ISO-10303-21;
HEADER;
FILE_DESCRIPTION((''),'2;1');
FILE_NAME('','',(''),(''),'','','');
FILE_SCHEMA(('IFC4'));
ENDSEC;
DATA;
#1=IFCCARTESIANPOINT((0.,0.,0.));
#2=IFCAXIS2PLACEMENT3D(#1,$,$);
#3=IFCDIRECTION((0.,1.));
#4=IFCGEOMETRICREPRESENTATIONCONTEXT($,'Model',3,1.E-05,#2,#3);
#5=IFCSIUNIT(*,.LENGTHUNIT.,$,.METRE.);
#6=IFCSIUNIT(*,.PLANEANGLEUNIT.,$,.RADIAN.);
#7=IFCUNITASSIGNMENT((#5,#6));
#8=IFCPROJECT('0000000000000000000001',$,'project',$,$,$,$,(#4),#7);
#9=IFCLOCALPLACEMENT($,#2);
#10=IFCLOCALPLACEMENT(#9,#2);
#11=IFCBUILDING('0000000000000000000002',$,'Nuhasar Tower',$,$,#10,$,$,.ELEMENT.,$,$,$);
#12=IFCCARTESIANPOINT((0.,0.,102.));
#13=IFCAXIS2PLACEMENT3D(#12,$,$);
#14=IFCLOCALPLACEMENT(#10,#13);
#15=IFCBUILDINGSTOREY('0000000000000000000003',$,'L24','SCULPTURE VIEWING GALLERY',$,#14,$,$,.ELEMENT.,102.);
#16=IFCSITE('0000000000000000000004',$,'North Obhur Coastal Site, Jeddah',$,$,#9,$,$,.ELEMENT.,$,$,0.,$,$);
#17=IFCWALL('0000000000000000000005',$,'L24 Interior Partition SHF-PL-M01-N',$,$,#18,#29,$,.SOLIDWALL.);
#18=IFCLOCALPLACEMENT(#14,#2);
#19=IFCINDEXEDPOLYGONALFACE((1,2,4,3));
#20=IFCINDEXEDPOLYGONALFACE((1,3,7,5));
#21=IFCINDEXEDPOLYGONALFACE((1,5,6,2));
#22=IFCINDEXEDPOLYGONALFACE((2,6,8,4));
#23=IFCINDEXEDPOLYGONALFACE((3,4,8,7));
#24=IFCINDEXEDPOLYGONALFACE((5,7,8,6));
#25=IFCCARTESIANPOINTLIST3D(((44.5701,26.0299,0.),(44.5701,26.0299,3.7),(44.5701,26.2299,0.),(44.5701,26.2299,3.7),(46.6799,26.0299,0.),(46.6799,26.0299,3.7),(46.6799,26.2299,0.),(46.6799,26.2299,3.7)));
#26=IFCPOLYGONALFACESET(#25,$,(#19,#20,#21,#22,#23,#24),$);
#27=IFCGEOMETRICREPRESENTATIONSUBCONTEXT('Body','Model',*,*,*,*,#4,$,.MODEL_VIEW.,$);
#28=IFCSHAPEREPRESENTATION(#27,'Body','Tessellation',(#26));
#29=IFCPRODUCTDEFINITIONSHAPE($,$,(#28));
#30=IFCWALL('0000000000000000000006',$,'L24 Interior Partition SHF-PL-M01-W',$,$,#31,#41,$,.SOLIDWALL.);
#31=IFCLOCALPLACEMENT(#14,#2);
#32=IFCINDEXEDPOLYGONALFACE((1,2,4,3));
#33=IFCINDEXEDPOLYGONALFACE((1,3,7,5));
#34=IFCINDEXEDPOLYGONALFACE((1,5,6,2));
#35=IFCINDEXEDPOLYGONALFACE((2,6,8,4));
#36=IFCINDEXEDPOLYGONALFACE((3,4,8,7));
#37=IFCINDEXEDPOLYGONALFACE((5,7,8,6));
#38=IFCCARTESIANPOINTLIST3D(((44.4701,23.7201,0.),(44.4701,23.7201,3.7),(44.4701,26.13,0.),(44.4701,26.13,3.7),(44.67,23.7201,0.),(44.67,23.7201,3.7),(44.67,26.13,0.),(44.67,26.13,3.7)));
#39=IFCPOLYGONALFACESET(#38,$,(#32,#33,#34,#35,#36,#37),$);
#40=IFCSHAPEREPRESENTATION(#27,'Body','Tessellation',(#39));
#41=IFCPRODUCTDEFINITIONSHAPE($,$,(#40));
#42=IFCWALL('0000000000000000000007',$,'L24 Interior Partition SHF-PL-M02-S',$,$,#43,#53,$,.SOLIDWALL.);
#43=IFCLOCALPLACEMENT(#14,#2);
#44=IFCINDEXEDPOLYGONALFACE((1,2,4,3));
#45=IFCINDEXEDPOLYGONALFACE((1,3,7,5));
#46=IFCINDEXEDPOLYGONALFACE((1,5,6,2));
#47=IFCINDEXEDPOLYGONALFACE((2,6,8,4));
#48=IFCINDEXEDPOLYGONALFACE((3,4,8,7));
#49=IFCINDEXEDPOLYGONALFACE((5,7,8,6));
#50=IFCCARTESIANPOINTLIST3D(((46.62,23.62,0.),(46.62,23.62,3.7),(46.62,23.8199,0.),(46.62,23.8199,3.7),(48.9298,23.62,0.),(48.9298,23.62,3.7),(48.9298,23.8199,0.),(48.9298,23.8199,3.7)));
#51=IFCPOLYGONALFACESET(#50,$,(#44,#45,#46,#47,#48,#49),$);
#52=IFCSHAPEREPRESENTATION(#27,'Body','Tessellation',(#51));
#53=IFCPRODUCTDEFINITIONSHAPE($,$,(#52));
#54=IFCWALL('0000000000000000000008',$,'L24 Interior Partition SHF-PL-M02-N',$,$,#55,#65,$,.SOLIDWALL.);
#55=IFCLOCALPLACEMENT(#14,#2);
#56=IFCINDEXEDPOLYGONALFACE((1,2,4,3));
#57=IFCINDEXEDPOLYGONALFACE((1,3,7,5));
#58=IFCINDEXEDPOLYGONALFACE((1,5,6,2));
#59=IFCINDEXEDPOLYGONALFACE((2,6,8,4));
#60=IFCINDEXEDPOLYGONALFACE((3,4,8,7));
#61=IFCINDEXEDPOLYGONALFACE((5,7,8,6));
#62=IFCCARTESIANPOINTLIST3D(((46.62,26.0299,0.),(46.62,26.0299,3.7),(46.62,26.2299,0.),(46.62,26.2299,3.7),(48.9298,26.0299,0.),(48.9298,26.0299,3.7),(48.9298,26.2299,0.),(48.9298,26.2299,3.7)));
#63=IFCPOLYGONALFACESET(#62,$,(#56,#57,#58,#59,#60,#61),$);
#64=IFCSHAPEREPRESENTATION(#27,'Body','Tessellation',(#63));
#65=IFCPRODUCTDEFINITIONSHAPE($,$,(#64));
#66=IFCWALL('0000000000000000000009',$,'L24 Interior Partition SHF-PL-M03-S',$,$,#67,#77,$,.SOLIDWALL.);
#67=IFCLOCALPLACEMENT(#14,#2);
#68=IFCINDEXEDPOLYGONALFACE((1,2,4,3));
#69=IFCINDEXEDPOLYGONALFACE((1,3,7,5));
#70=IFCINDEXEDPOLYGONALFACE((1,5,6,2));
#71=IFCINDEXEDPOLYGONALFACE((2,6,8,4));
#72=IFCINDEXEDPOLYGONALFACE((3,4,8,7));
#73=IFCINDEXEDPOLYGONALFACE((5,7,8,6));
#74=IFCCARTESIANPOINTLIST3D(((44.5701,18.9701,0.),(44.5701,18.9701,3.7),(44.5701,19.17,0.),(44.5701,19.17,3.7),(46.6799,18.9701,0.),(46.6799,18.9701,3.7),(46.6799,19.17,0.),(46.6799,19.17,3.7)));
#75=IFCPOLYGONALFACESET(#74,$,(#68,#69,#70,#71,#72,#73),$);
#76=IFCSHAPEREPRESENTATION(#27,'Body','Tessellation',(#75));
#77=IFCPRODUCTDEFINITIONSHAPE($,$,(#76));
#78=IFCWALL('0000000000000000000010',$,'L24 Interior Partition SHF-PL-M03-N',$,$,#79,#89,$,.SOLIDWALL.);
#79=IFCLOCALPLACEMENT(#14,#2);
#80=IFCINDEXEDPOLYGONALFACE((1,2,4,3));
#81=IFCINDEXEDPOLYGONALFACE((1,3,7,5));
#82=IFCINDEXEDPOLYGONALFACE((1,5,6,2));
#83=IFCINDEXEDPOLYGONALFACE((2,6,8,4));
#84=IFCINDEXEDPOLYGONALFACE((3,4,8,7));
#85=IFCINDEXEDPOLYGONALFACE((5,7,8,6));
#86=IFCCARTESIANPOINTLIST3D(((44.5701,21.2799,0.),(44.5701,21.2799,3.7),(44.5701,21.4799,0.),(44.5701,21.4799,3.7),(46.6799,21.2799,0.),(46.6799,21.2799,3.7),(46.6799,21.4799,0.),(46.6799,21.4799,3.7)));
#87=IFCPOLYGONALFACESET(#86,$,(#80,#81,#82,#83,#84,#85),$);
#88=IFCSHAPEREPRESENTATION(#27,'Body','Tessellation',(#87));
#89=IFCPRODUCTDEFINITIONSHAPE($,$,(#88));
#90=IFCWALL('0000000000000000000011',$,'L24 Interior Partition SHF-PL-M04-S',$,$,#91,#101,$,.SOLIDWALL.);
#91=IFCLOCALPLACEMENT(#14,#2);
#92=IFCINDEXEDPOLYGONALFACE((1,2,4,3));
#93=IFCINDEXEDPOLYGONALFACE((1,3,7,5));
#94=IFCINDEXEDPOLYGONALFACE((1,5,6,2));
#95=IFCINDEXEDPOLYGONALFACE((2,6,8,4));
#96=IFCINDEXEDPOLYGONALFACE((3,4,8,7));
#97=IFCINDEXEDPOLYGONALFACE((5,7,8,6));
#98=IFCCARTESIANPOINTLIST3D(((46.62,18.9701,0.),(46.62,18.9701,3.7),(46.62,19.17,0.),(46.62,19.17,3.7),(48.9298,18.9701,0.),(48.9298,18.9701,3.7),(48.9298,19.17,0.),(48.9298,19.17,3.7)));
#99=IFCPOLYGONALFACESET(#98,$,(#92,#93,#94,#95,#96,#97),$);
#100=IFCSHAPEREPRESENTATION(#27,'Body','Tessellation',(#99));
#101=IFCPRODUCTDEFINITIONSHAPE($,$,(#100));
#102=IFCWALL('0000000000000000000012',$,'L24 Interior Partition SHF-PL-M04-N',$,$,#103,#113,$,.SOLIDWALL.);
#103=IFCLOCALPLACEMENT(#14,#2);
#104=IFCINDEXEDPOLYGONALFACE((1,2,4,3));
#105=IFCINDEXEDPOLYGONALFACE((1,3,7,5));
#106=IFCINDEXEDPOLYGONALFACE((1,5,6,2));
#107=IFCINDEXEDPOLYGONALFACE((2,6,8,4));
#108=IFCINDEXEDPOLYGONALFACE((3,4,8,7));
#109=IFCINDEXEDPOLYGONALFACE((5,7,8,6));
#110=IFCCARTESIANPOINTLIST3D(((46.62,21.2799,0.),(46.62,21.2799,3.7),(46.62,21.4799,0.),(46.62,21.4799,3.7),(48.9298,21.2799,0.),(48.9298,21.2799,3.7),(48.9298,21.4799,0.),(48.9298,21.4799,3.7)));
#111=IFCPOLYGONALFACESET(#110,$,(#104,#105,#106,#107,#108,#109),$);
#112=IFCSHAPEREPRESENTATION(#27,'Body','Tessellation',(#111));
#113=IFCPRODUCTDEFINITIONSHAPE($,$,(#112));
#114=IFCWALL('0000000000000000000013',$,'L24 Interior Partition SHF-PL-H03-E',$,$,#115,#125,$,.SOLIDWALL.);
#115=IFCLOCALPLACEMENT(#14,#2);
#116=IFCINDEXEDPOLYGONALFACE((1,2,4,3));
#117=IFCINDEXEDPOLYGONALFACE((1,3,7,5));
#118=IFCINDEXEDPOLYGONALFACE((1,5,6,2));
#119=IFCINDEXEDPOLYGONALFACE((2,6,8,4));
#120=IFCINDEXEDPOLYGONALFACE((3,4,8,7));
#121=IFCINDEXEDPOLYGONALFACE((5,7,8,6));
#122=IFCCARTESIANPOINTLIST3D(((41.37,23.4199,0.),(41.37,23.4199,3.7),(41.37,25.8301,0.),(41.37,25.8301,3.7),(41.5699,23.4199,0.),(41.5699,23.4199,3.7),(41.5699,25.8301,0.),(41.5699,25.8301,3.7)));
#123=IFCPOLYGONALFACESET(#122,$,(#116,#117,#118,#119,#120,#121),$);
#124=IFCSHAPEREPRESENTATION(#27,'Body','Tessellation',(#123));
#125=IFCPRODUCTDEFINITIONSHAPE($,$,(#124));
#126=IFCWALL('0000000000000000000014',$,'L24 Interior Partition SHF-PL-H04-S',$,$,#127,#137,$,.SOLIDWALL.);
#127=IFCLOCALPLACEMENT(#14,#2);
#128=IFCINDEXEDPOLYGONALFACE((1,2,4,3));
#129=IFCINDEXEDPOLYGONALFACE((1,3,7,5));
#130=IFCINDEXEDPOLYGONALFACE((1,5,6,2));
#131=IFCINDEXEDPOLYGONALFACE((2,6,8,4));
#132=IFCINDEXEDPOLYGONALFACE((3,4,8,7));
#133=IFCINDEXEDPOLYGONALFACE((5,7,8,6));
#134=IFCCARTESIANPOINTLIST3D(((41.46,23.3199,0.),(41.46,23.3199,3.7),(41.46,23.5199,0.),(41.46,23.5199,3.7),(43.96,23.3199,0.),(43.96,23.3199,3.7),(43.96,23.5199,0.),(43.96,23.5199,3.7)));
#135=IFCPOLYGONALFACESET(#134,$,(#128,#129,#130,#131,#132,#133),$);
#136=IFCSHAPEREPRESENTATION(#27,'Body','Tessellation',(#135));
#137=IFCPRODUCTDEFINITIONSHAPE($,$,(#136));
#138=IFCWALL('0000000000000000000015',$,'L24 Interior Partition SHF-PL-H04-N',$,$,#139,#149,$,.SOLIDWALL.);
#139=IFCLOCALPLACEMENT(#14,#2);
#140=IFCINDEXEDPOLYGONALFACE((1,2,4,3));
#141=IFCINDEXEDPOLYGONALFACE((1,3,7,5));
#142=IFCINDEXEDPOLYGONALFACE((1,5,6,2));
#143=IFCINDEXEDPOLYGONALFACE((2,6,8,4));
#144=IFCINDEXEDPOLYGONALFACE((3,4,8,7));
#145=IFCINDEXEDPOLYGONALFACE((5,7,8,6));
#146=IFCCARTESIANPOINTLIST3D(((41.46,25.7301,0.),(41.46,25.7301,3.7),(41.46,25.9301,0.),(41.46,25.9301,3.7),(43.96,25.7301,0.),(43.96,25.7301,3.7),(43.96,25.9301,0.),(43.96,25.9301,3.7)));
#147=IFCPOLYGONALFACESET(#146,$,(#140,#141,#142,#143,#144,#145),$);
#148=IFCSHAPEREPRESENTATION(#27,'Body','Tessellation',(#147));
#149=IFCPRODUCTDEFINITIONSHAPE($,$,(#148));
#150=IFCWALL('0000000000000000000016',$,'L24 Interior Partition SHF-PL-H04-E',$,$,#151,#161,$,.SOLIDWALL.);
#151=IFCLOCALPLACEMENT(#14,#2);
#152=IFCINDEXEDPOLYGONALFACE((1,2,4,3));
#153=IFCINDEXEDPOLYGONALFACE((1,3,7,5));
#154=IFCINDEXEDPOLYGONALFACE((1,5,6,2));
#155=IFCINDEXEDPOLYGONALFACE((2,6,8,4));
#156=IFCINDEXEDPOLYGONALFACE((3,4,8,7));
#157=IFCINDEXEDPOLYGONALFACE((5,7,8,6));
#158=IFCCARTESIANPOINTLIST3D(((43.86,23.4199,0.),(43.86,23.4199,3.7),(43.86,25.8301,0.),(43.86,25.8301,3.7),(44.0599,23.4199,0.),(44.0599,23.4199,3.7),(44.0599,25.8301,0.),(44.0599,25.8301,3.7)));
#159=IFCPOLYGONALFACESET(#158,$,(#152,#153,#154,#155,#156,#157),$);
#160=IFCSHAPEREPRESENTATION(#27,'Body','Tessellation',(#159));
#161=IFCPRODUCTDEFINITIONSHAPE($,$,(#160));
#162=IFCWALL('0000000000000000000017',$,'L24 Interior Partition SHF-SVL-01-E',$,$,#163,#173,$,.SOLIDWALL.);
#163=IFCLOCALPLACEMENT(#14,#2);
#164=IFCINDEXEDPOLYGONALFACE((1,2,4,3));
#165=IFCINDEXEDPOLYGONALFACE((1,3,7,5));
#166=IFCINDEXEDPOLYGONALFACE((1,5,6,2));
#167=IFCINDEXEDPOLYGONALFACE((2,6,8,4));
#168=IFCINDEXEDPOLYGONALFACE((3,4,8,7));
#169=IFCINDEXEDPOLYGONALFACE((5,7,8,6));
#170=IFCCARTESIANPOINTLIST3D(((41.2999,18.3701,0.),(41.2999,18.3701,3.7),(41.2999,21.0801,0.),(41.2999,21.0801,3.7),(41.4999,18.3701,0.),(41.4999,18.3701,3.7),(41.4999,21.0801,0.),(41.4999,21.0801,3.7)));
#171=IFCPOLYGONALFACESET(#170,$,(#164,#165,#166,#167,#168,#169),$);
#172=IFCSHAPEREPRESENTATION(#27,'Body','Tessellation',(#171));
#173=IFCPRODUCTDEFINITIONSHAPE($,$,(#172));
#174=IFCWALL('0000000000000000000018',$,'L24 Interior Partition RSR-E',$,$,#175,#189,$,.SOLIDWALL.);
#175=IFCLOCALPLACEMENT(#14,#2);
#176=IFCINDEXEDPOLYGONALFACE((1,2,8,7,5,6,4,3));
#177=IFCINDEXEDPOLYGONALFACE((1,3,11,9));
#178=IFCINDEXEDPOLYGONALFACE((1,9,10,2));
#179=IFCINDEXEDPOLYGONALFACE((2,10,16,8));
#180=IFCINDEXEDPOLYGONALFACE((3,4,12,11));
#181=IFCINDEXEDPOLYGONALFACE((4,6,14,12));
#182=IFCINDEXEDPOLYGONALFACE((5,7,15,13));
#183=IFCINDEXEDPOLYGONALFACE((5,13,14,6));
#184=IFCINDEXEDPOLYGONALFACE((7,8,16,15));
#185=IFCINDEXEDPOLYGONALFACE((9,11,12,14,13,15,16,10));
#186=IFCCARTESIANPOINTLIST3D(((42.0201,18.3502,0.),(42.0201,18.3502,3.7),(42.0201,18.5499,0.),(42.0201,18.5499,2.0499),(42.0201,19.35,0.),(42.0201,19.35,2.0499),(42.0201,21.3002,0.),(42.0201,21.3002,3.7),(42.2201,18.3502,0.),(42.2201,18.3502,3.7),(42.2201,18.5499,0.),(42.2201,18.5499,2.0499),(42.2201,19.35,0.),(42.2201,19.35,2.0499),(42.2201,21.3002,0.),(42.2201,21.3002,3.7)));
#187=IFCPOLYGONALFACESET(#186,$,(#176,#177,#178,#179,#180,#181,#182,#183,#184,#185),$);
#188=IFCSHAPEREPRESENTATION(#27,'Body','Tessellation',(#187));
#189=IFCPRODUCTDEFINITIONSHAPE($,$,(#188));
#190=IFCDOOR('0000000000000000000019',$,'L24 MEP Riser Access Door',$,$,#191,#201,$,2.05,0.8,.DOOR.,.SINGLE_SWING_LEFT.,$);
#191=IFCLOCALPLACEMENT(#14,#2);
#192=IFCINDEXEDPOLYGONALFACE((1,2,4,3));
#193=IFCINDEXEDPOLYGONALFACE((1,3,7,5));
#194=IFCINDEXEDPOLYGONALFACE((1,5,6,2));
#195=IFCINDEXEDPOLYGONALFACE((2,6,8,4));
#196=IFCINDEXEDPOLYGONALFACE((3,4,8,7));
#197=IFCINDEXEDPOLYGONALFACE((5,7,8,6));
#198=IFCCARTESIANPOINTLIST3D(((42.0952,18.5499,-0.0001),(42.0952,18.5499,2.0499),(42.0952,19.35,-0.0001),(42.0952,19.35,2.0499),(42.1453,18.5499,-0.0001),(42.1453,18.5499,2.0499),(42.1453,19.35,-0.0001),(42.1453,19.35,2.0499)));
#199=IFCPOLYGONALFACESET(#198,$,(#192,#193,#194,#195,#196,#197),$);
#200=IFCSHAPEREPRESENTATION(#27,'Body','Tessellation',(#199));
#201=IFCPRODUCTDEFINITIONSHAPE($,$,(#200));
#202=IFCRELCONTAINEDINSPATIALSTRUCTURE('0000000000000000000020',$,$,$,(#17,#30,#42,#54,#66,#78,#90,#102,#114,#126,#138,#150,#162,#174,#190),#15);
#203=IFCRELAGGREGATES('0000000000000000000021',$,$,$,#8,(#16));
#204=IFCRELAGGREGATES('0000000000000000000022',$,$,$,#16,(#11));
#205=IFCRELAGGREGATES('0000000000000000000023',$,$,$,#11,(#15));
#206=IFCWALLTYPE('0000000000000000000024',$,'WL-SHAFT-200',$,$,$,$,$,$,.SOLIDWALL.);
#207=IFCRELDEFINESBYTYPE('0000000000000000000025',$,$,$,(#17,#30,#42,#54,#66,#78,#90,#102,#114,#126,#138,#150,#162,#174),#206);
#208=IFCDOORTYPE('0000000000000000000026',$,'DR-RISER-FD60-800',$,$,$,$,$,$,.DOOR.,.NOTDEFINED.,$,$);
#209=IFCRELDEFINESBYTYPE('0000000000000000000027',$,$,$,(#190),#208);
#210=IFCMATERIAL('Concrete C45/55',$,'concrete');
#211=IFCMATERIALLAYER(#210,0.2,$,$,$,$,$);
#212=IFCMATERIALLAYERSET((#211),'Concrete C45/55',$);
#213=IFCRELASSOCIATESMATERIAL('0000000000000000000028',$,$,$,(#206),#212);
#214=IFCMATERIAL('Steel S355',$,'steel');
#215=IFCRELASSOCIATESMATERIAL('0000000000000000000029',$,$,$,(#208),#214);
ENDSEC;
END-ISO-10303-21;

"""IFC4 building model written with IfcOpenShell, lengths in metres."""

from ifc_helpers import new_model, si_unit, direction, frame, frame_2d, origin, place, context, subcontext, project, spatial, rectangle, extrude, material, layer, layer_set, type_object, element, fill, save


model = new_model("IFC4")

# Units and contexts
model_context = context("Model", 3, precision=1e-05, world=origin(), true_north=direction((0.0, 1.0)))
body_context = subcontext(model_context, "Body", "Model", "MODEL_VIEW")
ifc_project = project(units=[si_unit("LENGTHUNIT", "METRE"), si_unit("PLANEANGLEUNIT", "RADIAN")], contexts=[model_context])

# Site, building, storey
site_placement = place(None, origin())
site = spatial("IfcSite", under=ifc_project, at=site_placement, Name="North Obhur Coastal Site, Jeddah", CompositionType="ELEMENT", RefElevation=0.0)
building_placement = place(site_placement, origin())
building = spatial("IfcBuilding", under=site, at=building_placement, Name="Nuhasar Tower", CompositionType="ELEMENT")
storey_placement = place(building_placement, frame((0.0, 0.0, 102.0)))
storey = spatial("IfcBuildingStorey", under=building, at=storey_placement, Name="L24", Description="SCULPTURE VIEWING GALLERY", CompositionType="ELEMENT", Elevation=102.0)

# Shared definitions
ifc_material_1 = material(Name="Steel S355", Category="steel")

# Shared definitions
ifc_material_2 = material(Name="Concrete C45/55", Category="concrete")

# Walls
ifc_layer_1 = layer(ifc_material_2, 0.2)
ifc_layer_set_1 = layer_set([ifc_layer_1], Name="Concrete C45/55")
wall_type_1 = type_object("IfcWallType", Name="WL-SHAFT-200", PredefinedType="SOLIDWALL", material=ifc_layer_set_1)
for number, where, z_axis, x_axis, name in (
    (1, (44.5701, 26.1299, 0.0), (0.0, 0.0, 1.0), (1.0, 0.0, 0.0), "L24 Interior Partition SHF-PL-M01-N"),
):
    element("IfcWall", number, at=place(storey_placement, frame(where, z_axis=z_axis, x_axis=x_axis)), inside=storey, type_object=wall_type_1, Name=name, PredefinedType="SOLIDWALL", context=body_context, shape_type="SweptSolid", body=[
        extrude(rectangle(XDim=2.1099, YDim=0.2, at=frame_2d((1.0549, 0.0))), origin(), (0.0, 0.0, 1.0), 3.7),
    ])
wall_1_placement = place(storey_placement, frame((44.5701, 23.72, 0.0), z_axis=(0.0, 0.0, 1.0), x_axis=(0.0, 1.0, 0.0)))
element("IfcWall", 2, at=wall_1_placement, inside=storey, type_object=wall_type_1, Name="L24 Interior Partition SHF-PL-M01-W", PredefinedType="SOLIDWALL", context=body_context, shape_type="SweptSolid", body=[
    extrude(rectangle(XDim=2.4099, YDim=0.2, at=frame_2d((1.2051, 0.0))), origin(), (0.0, 0.0, 1.0), 3.7),
])
for number, where, z_axis, x_axis, name in (
    (3, (46.6201, 23.72, 0.0), (0.0, 0.0, 1.0), (1.0, 0.0, 0.0), "L24 Interior Partition SHF-PL-M02-S"),
    (4, (46.6201, 26.1299, 0.0), (0.0, 0.0, 1.0), (1.0, 0.0, 0.0), "L24 Interior Partition SHF-PL-M02-N"),
):
    element("IfcWall", number, at=place(storey_placement, frame(where, z_axis=z_axis, x_axis=x_axis)), inside=storey, type_object=wall_type_1, Name=name, PredefinedType="SOLIDWALL", context=body_context, shape_type="SweptSolid", body=[
        extrude(rectangle(XDim=2.3098, YDim=0.2, at=frame_2d((1.1548, 0.0))), origin(), (0.0, 0.0, 1.0), 3.7),
    ])
for number, where, z_axis, x_axis, name in (
    (5, (44.5701, 19.0701, 0.0), (0.0, 0.0, 1.0), (1.0, 0.0, 0.0), "L24 Interior Partition SHF-PL-M03-S"),
    (6, (44.5701, 21.3799, 0.0), (0.0, 0.0, 1.0), (1.0, 0.0, 0.0), "L24 Interior Partition SHF-PL-M03-N"),
):
    element("IfcWall", number, at=place(storey_placement, frame(where, z_axis=z_axis, x_axis=x_axis)), inside=storey, type_object=wall_type_1, Name=name, PredefinedType="SOLIDWALL", context=body_context, shape_type="SweptSolid", body=[
        extrude(rectangle(XDim=2.1099, YDim=0.2, at=frame_2d((1.0549, 0.0))), origin(), (0.0, 0.0, 1.0), 3.7),
    ])
for number, where, z_axis, x_axis, name in (
    (7, (46.6201, 19.0701, 0.0), (0.0, 0.0, 1.0), (1.0, 0.0, 0.0), "L24 Interior Partition SHF-PL-M04-S"),
    (8, (46.6201, 21.3799, 0.0), (0.0, 0.0, 1.0), (1.0, 0.0, 0.0), "L24 Interior Partition SHF-PL-M04-N"),
):
    element("IfcWall", number, at=place(storey_placement, frame(where, z_axis=z_axis, x_axis=x_axis)), inside=storey, type_object=wall_type_1, Name=name, PredefinedType="SOLIDWALL", context=body_context, shape_type="SweptSolid", body=[
        extrude(rectangle(XDim=2.3098, YDim=0.2, at=frame_2d((1.1548, 0.0))), origin(), (0.0, 0.0, 1.0), 3.7),
    ])
wall_2_placement = place(storey_placement, frame((41.47, 23.4199, 0.0), z_axis=(0.0, 0.0, 1.0), x_axis=(0.0, 1.0, 0.0)))
element("IfcWall", 9, at=wall_2_placement, inside=storey, type_object=wall_type_1, Name="L24 Interior Partition SHF-PL-H03-E", PredefinedType="SOLIDWALL", context=body_context, shape_type="SweptSolid", body=[
    extrude(rectangle(XDim=2.4102, YDim=0.2, at=frame_2d((1.2051, 0.0))), origin(), (0.0, 0.0, 1.0), 3.7),
])
for number, where, z_axis, x_axis, name in (
    (10, (41.46, 23.4199, 0.0), (0.0, 0.0, 1.0), (1.0, 0.0, 0.0), "L24 Interior Partition SHF-PL-H04-S"),
    (11, (41.46, 25.8301, 0.0), (0.0, 0.0, 1.0), (1.0, 0.0, 0.0), "L24 Interior Partition SHF-PL-H04-N"),
):
    element("IfcWall", number, at=place(storey_placement, frame(where, z_axis=z_axis, x_axis=x_axis)), inside=storey, type_object=wall_type_1, Name=name, PredefinedType="SOLIDWALL", context=body_context, shape_type="SweptSolid", body=[
        extrude(rectangle(XDim=2.5, YDim=0.2, at=frame_2d((1.25, 0.0))), origin(), (0.0, 0.0, 1.0), 3.7),
    ])
wall_3_placement = place(storey_placement, frame((43.96, 23.4199, 0.0), z_axis=(0.0, 0.0, 1.0), x_axis=(0.0, 1.0, 0.0)))
element("IfcWall", 12, at=wall_3_placement, inside=storey, type_object=wall_type_1, Name="L24 Interior Partition SHF-PL-H04-E", PredefinedType="SOLIDWALL", context=body_context, shape_type="SweptSolid", body=[
    extrude(rectangle(XDim=2.4102, YDim=0.2, at=frame_2d((1.2051, 0.0))), origin(), (0.0, 0.0, 1.0), 3.7),
])
wall_4_placement = place(storey_placement, frame((41.3999, 18.3701, 0.0), z_axis=(0.0, 0.0, 1.0), x_axis=(0.0, 1.0, 0.0)))
element("IfcWall", 13, at=wall_4_placement, inside=storey, type_object=wall_type_1, Name="L24 Interior Partition SHF-SVL-01-E", PredefinedType="SOLIDWALL", context=body_context, shape_type="SweptSolid", body=[
    extrude(rectangle(XDim=2.71, YDim=0.2, at=frame_2d((1.355, 0.0))), origin(), (0.0, 0.0, 1.0), 3.7),
])

# Wall, opening, door
wall_5_placement = place(storey_placement, frame((42.1201, 18.3501, 0.0), z_axis=(0.0, 0.0, 1.0), x_axis=(0.0, 1.0, 0.0)))
wall_5 = element("IfcWall", 14, at=wall_5_placement, inside=storey, type_object=wall_type_1, Name="L24 Interior Partition RSR-E", PredefinedType="SOLIDWALL", context=body_context, shape_type="SweptSolid", body=[
    extrude(rectangle(XDim=2.95, YDim=0.2, at=frame_2d((1.4751, 0.0))), origin(), (0.0, 0.0, 1.0), 3.7),
])
opening_1_placement = place(wall_5_placement, frame((0.2, 0.0, 0.0)))
opening_1 = element("IfcOpeningElement", 15, at=opening_1_placement, cuts=wall_5, PredefinedType="OPENING", context=body_context, shape_type="SweptSolid", body=[
    extrude(rectangle(XDim=0.8, YDim=2.05, at=frame_2d((0.3999, 1.0249))), frame((0.0, 0.1099, 0.0), z_axis=(0.0, -1.0, 0.0), x_axis=(1.0, 0.0, 0.0)), (0.0, 0.0, 1.0), 0.22),
])
door_type_1 = type_object("IfcDoorType", Name="DR-RISER-FD60-800", OperationType="NOTDEFINED", PredefinedType="DOOR", material=ifc_material_1)
door_1_placement = place(opening_1_placement, origin())
door_1 = element("IfcDoor", 16, at=door_1_placement, inside=storey, type_object=door_type_1, Name="L24 MEP Riser Access Door", OperationType="SINGLE_SWING_LEFT", OverallHeight=2.05, OverallWidth=0.8, PredefinedType="DOOR", context=body_context, shape_type="SweptSolid", body=[
    extrude(rectangle(XDim=0.8, YDim=2.05, at=frame_2d((0.3999, 1.0249))), frame((0.0, 0.0249, 0.0), z_axis=(0.0, -1.0, 0.0), x_axis=(1.0, 0.0, 0.0)), (0.0, 0.0, 1.0), 0.05),
])
fill(opening_1, door_1)

save(model, "model.ifc")
